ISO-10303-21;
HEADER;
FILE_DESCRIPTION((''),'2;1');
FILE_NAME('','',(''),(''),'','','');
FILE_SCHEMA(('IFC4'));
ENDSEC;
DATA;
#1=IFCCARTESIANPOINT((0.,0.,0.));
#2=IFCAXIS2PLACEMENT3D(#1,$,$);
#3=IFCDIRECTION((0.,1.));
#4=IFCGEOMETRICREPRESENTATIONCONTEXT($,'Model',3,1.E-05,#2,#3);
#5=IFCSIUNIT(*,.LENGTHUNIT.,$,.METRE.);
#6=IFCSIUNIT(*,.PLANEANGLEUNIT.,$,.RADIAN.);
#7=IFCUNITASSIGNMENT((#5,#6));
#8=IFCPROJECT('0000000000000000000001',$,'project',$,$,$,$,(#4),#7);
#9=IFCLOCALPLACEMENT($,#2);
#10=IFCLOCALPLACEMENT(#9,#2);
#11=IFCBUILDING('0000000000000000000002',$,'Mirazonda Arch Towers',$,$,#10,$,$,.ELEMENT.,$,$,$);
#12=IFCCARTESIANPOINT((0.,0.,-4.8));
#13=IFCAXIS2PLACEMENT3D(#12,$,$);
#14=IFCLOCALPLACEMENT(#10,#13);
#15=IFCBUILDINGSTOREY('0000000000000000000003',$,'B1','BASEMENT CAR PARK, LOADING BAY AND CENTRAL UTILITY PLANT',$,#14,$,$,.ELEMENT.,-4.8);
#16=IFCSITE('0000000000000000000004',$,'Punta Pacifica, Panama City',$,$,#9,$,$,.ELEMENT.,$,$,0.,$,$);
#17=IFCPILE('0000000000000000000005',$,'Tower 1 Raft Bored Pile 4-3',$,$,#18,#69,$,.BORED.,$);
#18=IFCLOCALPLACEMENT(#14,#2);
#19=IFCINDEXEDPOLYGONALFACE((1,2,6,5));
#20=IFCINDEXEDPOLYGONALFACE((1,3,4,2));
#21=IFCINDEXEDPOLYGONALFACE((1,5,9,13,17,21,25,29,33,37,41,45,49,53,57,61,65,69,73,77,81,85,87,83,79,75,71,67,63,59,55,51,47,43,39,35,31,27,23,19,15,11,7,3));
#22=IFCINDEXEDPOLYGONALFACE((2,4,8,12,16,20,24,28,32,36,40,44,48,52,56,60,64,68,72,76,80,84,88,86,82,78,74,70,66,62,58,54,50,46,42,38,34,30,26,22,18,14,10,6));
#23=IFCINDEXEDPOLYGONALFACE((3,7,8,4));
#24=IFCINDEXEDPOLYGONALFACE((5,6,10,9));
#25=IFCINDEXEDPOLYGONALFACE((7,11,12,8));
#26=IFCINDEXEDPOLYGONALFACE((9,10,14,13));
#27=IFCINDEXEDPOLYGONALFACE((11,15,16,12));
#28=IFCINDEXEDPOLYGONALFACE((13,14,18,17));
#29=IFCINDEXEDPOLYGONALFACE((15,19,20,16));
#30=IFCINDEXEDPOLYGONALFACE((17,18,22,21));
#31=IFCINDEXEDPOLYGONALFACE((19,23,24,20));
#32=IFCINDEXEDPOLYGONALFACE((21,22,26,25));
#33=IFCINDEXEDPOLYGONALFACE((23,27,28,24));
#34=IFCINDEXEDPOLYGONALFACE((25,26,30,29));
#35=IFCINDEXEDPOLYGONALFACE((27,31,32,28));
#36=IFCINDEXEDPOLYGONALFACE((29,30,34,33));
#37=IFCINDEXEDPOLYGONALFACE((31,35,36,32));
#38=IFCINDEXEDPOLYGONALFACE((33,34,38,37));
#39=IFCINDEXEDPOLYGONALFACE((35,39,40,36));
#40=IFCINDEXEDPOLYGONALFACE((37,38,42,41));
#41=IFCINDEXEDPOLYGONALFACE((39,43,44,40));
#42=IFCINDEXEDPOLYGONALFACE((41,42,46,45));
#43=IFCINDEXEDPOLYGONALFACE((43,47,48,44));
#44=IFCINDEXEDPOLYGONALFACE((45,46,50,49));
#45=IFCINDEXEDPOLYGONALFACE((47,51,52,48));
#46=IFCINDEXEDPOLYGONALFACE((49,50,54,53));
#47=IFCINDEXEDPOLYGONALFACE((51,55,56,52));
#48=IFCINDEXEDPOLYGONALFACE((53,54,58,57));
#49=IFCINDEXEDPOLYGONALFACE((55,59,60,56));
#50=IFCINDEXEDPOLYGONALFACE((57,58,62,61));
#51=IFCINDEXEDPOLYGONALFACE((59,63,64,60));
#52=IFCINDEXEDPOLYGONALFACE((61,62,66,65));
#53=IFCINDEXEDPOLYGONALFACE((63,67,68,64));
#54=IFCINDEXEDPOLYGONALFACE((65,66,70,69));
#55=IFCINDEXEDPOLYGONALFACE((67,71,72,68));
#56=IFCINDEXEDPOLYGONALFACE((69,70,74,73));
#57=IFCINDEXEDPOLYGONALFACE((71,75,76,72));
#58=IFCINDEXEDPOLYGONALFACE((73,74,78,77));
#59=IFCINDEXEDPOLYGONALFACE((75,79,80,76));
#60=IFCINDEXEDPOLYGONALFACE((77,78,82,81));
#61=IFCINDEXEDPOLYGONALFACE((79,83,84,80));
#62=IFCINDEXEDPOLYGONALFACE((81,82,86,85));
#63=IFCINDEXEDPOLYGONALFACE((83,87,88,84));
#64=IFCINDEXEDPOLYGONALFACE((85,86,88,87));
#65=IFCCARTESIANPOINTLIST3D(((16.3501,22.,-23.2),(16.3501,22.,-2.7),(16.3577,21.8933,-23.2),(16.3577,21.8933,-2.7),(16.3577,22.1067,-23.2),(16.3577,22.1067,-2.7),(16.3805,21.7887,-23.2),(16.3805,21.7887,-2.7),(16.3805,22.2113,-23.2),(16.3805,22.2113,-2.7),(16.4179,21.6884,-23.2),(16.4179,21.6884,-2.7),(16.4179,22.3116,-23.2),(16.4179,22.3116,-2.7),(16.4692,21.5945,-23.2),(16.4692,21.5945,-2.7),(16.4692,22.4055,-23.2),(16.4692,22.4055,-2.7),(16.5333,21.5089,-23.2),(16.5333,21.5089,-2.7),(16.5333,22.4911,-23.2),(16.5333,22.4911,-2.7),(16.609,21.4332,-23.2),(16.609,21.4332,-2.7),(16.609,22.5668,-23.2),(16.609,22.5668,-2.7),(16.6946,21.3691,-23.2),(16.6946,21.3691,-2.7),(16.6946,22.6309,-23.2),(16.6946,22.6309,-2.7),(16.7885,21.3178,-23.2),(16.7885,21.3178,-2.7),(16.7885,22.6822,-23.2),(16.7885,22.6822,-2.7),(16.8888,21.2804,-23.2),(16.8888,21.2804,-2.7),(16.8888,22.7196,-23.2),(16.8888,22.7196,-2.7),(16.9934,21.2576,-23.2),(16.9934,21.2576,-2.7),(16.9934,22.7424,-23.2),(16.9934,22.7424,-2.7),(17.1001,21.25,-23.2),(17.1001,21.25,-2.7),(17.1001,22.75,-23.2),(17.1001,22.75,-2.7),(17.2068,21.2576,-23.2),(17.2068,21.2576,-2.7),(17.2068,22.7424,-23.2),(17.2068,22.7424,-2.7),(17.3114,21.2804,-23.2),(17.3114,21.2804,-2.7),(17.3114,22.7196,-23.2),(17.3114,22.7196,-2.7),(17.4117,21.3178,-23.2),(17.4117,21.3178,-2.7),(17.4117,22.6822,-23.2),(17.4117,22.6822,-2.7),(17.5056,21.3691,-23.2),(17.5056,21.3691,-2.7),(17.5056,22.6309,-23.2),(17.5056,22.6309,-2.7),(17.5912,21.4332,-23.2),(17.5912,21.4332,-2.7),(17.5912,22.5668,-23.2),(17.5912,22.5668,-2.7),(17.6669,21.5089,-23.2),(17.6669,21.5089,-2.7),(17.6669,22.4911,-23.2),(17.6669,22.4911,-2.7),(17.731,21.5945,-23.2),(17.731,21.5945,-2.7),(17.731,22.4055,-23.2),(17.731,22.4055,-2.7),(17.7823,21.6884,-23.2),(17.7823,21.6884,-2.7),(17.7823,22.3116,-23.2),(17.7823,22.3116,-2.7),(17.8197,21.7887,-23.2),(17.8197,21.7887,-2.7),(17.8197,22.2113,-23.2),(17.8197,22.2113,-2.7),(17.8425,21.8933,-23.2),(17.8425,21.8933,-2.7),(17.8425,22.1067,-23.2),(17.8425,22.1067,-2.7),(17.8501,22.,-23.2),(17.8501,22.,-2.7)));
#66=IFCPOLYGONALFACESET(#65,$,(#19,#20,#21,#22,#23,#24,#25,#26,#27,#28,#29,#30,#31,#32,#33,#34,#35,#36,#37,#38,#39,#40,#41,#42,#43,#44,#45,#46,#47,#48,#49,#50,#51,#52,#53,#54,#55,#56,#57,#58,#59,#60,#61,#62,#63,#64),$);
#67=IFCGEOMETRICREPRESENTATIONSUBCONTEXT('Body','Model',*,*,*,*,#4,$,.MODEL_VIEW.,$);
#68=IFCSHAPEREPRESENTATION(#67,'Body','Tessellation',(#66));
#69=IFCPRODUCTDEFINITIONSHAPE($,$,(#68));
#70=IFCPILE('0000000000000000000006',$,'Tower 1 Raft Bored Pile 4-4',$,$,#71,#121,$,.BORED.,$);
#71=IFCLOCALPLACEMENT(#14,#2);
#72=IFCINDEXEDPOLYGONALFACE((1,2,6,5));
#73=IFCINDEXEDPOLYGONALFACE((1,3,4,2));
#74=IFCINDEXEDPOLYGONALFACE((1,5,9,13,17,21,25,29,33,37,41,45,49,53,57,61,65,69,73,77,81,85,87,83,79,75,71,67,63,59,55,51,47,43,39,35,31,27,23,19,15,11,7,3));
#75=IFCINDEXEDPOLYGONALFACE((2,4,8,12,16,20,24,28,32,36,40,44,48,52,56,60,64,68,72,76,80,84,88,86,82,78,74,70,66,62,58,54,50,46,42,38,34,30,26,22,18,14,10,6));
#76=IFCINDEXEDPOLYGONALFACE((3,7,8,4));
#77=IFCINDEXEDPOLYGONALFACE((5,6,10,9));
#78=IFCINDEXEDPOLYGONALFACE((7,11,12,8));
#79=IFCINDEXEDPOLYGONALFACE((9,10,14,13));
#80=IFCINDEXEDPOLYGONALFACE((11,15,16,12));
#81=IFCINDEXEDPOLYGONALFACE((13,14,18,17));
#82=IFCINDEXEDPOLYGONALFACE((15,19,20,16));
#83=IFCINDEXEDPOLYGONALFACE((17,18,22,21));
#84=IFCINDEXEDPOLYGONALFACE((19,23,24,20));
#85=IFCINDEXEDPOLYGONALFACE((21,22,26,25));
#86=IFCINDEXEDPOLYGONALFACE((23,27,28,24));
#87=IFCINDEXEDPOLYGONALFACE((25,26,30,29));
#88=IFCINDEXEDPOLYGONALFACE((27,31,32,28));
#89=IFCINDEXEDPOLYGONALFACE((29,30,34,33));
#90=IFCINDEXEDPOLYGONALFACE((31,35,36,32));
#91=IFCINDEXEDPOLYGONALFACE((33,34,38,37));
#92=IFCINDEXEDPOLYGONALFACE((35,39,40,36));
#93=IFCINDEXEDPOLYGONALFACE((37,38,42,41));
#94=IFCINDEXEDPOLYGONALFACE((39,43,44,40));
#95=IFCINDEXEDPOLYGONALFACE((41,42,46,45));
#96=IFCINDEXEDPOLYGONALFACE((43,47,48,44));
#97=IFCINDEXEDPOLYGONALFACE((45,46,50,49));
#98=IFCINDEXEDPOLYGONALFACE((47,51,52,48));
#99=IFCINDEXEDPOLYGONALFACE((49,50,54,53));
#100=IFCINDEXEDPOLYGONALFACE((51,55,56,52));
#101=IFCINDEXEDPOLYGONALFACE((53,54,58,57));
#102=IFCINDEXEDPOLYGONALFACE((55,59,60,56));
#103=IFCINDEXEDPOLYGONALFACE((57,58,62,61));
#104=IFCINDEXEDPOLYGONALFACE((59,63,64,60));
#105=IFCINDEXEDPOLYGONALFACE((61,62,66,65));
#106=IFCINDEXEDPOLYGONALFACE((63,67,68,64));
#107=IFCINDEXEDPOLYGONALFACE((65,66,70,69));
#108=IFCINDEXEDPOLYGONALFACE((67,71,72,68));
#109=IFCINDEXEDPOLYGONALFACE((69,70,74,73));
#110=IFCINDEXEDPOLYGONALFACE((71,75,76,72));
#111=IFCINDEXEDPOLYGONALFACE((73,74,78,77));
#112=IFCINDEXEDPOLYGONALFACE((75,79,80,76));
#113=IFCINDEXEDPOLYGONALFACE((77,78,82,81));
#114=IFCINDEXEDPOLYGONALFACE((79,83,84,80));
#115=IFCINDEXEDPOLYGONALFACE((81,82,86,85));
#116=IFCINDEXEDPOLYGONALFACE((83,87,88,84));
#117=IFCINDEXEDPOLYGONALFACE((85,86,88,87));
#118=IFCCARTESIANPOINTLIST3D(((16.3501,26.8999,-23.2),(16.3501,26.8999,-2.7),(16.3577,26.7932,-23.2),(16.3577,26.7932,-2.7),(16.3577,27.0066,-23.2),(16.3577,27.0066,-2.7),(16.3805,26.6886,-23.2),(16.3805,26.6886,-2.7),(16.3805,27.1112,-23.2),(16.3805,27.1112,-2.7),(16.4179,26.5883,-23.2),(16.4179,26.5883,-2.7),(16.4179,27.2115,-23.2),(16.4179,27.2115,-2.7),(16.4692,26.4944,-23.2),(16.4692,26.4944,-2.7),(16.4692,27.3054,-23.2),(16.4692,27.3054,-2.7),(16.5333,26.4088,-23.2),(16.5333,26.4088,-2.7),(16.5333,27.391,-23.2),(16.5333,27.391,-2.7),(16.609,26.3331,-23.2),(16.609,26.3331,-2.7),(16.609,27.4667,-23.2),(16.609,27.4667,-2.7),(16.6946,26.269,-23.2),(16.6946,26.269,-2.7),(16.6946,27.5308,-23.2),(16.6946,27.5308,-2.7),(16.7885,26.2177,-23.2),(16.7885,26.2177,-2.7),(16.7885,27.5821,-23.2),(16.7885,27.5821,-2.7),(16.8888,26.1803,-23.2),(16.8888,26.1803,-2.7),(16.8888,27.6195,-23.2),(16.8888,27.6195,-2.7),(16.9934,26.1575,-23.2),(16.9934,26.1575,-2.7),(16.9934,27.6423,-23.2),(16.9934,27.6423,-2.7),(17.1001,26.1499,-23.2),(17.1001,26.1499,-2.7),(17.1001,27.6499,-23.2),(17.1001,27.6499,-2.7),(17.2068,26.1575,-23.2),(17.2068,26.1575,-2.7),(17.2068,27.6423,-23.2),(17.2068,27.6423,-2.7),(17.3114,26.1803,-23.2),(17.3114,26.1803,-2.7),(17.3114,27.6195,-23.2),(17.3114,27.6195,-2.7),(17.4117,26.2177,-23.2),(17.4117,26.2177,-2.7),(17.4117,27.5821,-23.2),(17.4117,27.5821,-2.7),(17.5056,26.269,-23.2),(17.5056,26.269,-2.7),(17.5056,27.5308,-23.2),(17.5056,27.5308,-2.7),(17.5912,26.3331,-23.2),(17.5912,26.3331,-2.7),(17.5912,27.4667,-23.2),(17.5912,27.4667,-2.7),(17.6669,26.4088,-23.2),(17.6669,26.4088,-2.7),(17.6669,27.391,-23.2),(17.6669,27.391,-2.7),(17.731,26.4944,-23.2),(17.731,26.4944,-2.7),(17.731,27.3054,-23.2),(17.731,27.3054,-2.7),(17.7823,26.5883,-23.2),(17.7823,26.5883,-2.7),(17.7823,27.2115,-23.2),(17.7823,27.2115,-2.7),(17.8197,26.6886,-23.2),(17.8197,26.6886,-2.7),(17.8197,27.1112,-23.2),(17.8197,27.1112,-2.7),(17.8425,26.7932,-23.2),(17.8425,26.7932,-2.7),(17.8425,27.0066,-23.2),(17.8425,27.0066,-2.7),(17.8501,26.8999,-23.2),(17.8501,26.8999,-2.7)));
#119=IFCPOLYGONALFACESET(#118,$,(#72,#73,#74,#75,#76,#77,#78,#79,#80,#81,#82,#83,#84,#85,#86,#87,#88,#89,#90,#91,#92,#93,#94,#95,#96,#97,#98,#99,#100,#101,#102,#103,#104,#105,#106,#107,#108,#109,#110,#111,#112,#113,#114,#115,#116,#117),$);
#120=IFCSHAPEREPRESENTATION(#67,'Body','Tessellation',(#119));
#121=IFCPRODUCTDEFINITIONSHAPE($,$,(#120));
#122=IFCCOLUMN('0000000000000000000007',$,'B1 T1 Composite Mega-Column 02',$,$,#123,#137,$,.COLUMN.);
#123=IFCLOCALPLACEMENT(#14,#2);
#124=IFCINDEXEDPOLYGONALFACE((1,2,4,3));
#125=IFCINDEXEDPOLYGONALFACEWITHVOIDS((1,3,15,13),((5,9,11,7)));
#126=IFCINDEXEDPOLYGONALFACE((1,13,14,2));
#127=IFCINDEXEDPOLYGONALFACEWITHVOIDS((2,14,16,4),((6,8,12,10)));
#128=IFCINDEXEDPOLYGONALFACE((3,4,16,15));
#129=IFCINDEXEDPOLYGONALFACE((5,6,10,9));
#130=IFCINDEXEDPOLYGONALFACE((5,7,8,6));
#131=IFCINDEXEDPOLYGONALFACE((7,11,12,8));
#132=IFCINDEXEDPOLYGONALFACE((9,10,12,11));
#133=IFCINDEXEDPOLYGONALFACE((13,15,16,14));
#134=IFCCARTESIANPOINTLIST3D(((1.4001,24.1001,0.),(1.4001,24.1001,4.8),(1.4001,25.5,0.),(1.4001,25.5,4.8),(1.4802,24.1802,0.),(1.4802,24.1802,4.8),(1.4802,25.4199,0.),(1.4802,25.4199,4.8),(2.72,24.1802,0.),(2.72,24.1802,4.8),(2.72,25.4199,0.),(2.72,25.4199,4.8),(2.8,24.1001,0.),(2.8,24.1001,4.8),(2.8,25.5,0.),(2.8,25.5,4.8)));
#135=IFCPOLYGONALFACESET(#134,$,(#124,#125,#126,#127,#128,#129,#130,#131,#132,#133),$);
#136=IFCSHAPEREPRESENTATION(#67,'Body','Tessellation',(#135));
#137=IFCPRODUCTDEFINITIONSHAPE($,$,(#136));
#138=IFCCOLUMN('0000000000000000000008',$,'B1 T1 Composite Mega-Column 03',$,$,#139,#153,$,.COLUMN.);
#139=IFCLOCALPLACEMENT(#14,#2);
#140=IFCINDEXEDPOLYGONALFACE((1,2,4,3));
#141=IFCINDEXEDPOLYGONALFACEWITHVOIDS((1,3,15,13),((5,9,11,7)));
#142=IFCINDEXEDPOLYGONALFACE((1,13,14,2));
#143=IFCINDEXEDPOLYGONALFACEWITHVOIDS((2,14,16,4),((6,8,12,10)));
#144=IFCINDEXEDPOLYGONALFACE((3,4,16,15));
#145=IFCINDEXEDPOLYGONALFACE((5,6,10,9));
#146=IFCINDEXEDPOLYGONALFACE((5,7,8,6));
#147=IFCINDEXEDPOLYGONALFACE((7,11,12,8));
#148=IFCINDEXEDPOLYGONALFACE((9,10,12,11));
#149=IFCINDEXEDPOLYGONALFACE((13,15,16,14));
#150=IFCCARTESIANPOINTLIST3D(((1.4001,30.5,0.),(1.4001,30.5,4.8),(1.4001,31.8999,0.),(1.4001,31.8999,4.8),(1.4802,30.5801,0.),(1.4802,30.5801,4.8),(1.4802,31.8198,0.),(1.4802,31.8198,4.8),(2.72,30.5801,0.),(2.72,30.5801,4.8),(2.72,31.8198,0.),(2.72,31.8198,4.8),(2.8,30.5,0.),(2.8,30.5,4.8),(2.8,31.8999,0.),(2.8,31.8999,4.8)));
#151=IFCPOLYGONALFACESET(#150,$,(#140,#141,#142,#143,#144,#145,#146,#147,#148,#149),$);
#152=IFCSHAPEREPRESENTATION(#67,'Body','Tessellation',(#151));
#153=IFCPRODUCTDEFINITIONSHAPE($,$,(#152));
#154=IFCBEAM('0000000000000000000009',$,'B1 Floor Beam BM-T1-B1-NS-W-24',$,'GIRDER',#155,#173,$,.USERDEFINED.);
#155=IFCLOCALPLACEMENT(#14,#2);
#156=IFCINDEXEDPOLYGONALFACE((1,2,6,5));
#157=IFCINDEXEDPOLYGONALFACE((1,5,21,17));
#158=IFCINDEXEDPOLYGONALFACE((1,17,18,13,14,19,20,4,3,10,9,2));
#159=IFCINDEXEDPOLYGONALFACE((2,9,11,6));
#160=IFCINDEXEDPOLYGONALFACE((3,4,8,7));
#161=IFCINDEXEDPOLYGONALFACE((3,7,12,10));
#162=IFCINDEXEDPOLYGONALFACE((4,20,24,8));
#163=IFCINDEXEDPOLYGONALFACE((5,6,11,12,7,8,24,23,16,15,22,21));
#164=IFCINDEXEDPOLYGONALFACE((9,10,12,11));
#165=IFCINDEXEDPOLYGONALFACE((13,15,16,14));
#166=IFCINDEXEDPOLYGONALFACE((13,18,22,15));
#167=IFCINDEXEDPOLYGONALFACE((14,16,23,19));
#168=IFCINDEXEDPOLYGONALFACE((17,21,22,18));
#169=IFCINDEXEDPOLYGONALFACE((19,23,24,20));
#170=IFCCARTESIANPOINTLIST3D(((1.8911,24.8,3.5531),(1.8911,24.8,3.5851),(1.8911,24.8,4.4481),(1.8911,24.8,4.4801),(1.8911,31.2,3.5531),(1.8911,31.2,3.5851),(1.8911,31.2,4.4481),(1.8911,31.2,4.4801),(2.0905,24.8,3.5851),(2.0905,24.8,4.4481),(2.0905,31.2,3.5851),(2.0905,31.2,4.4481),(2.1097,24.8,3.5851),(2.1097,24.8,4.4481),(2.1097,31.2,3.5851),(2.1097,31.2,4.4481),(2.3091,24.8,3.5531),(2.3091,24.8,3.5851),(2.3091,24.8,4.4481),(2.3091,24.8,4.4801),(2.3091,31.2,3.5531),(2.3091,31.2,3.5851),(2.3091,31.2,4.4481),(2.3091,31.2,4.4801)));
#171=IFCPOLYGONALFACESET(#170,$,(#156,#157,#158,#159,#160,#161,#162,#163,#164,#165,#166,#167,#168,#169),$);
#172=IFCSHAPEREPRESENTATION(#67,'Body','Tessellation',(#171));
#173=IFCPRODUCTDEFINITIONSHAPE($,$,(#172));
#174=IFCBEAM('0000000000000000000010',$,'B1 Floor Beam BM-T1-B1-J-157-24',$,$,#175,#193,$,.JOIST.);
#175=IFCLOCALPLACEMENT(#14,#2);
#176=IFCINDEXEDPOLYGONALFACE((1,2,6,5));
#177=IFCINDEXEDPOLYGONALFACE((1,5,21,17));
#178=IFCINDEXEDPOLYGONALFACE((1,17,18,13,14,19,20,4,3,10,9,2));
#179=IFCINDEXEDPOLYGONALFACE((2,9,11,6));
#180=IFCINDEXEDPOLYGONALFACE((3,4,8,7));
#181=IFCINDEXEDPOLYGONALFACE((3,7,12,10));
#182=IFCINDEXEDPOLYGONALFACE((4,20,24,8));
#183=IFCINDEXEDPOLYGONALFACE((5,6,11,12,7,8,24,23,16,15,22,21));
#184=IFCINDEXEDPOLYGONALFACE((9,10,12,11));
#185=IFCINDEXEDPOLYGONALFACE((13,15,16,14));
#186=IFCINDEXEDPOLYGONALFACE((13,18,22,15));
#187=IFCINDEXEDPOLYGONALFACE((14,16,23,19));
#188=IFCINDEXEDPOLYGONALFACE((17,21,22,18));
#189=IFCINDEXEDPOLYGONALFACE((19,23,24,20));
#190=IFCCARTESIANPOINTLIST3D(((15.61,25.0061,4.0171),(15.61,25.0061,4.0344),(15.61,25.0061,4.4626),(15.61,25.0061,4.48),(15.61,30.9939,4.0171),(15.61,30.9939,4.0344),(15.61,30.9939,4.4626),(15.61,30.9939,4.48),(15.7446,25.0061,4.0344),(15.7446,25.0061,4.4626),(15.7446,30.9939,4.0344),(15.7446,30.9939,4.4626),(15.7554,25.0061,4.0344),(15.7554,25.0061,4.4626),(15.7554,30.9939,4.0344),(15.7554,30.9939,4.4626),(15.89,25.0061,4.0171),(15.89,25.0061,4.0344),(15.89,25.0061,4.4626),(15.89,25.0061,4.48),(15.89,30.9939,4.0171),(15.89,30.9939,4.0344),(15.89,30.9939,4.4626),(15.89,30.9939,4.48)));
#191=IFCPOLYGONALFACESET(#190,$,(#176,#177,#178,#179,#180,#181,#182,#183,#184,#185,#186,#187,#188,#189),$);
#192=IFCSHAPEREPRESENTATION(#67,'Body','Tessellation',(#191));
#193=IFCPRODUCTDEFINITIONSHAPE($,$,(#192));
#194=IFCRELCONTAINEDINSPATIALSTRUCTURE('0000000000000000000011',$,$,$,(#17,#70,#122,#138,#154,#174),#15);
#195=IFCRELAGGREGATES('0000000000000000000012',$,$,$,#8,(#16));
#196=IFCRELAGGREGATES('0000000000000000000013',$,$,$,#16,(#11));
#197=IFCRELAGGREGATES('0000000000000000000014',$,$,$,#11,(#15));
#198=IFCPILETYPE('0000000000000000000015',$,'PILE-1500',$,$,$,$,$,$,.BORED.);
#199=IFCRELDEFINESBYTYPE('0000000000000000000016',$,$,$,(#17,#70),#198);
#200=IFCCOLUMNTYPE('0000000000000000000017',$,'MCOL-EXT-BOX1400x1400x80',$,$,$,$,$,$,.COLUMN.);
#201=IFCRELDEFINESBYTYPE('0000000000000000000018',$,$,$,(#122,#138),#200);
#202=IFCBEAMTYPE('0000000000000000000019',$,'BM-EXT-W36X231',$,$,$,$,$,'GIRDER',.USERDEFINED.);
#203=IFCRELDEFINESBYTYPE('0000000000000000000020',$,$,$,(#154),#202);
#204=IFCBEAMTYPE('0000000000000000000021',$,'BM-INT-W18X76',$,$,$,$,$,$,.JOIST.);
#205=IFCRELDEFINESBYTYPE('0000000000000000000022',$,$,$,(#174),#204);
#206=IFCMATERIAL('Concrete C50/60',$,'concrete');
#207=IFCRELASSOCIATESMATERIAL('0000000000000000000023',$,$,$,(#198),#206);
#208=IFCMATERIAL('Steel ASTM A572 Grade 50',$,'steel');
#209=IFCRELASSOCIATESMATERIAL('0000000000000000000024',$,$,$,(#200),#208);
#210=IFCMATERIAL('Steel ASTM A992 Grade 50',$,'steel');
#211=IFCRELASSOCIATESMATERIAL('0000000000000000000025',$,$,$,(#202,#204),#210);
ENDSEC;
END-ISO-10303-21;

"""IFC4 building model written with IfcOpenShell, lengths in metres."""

from ifc_helpers import new_model, si_unit, direction, frame, origin, origin_2d, place, context, subcontext, project, spatial, hollow_rectangle, circle, i_section, extrude, material, material_profile, profile_set, type_object, element, save


model = new_model("IFC4")

# Units and contexts
model_context = context("Model", 3, precision=1e-05, world=origin(), true_north=direction((0.0, 1.0)))
body_context = subcontext(model_context, "Body", "Model", "MODEL_VIEW")
ifc_project = project(units=[si_unit("LENGTHUNIT", "METRE"), si_unit("PLANEANGLEUNIT", "RADIAN")], contexts=[model_context])

# Site, building, storey
site_placement = place(None, origin())
site = spatial("IfcSite", under=ifc_project, at=site_placement, Name="Punta Pacifica, Panama City", CompositionType="ELEMENT", RefElevation=0.0)
building_placement = place(site_placement, origin())
building = spatial("IfcBuilding", under=site, at=building_placement, Name="Mirazonda Arch Towers", CompositionType="ELEMENT")
storey_placement = place(building_placement, frame((0.0, 0.0, -4.8)))
storey = spatial("IfcBuildingStorey", under=building, at=storey_placement, Name="B1", Description="BASEMENT CAR PARK, LOADING BAY AND CENTRAL UTILITY PLANT", CompositionType="ELEMENT", Elevation=-4.8)

# Piles
ifc_material_1 = material(Name="Concrete C50/60", Category="concrete")
ifc_material_profile_1 = material_profile(ifc_material_1, circle(Radius=0.75, at=origin_2d()), Name="BORED-D1500")
ifc_profile_set_1 = profile_set([ifc_material_profile_1], Name="Concrete C50/60")
pile_type = type_object("IfcPileType", Name="PILE-1500", PredefinedType="BORED", material=ifc_profile_set_1)
for number, where, z_axis, x_axis, name in (
    (1, (17.1001, 22.0, -2.7), (0.0, 0.0, -1.0), (1.0, 0.0, 0.0), "Tower 1 Raft Bored Pile 4-3"),
    (2, (17.1001, 26.8999, -2.7), (0.0, 0.0, -1.0), (1.0, 0.0, 0.0), "Tower 1 Raft Bored Pile 4-4"),
):
    element("IfcPile", number, at=place(storey_placement, frame(where, z_axis=z_axis, x_axis=x_axis)), inside=storey, type_object=pile_type, Name=name, PredefinedType="BORED", context=body_context, shape_type="SweptSolid", body=[
        extrude(circle(Radius=0.75, at=origin_2d()), origin(), (0.0, 0.0, 1.0), 20.5),
    ])

# Columns
ifc_material_2 = material(Name="Steel ASTM A572 Grade 50", Category="steel")
ifc_material_profile_2 = material_profile(ifc_material_2, hollow_rectangle(XDim=1.3999, YDim=1.3999, WallThickness=0.0801, at=origin_2d()), Name="BOX1400x1400x80")
ifc_profile_set_2 = profile_set([ifc_material_profile_2], Name="Steel ASTM A572 Grade 50")
column_type = type_object("IfcColumnType", Name="MCOL-EXT-BOX1400x1400x80", PredefinedType="COLUMN", material=ifc_profile_set_2)
for number, where, z_axis, x_axis, name in (
    (3, (2.1001, 24.8, 0.0), (0.0, 0.0, 1.0), (1.0, 0.0, 0.0), "B1 T1 Composite Mega-Column 02"),
    (4, (2.1001, 31.2, 0.0), (0.0, 0.0, 1.0), (1.0, 0.0, 0.0), "B1 T1 Composite Mega-Column 03"),
):
    element("IfcColumn", number, at=place(storey_placement, frame(where, z_axis=z_axis, x_axis=x_axis)), inside=storey, type_object=column_type, Name=name, PredefinedType="COLUMN", context=body_context, shape_type="SweptSolid", body=[
        extrude(hollow_rectangle(XDim=1.3999, YDim=1.3999, WallThickness=0.0801, at=origin_2d()), origin(), (0.0, 0.0, 1.0), 4.8),
    ])

# Beams
ifc_material_3 = material(Name="Steel ASTM A992 Grade 50", Category="steel")
ifc_material_profile_3 = material_profile(ifc_material_3, i_section(OverallWidth=0.418, OverallDepth=0.927, WebThickness=0.0193, FlangeThickness=0.032, at=origin_2d()), Name="W36X231")
ifc_profile_set_3 = profile_set([ifc_material_profile_3], Name="Steel ASTM A992 Grade 50")
beam_type_1 = type_object("IfcBeamType", Name="BM-EXT-W36X231", ElementType="GIRDER", PredefinedType="USERDEFINED", material=ifc_profile_set_3)
beam_1_placement = place(storey_placement, frame((2.1001, 24.8, 4.0166), z_axis=(0.0, 1.0, 0.0), x_axis=(-1.0, 0.0, 0.0)))
element("IfcBeam", 5, at=beam_1_placement, inside=storey, type_object=beam_type_1, Name="B1 Floor Beam BM-T1-B1-NS-W-24", ObjectType="GIRDER", PredefinedType="USERDEFINED", context=body_context, shape_type="SweptSolid", body=[
    extrude(i_section(OverallWidth=0.418, OverallDepth=0.927, WebThickness=0.0193, FlangeThickness=0.032, at=origin_2d()), origin(), (0.0, 0.0, 1.0), 6.3999),
])
ifc_material_profile_4 = material_profile(ifc_material_3, i_section(OverallWidth=0.28, OverallDepth=0.4629, WebThickness=0.0107, FlangeThickness=0.0173, at=origin_2d()), Name="W18X76")
ifc_profile_set_4 = profile_set([ifc_material_profile_4], Name="Steel ASTM A992 Grade 50")
beam_type_2 = type_object("IfcBeamType", Name="BM-INT-W18X76", PredefinedType="JOIST", material=ifc_profile_set_4)
beam_2_placement = place(storey_placement, frame((15.75, 25.0061, 4.2485), z_axis=(0.0, 1.0, 0.0), x_axis=(-1.0, 0.0, 0.0)))
element("IfcBeam", 6, at=beam_2_placement, inside=storey, type_object=beam_type_2, Name="B1 Floor Beam BM-T1-B1-J-157-24", PredefinedType="JOIST", context=body_context, shape_type="SweptSolid", body=[
    extrude(i_section(OverallWidth=0.28, OverallDepth=0.4629, WebThickness=0.0107, FlangeThickness=0.0173, at=origin_2d()), origin(), (0.0, 0.0, 1.0), 5.9878),
])

save(model, "model.ifc")
